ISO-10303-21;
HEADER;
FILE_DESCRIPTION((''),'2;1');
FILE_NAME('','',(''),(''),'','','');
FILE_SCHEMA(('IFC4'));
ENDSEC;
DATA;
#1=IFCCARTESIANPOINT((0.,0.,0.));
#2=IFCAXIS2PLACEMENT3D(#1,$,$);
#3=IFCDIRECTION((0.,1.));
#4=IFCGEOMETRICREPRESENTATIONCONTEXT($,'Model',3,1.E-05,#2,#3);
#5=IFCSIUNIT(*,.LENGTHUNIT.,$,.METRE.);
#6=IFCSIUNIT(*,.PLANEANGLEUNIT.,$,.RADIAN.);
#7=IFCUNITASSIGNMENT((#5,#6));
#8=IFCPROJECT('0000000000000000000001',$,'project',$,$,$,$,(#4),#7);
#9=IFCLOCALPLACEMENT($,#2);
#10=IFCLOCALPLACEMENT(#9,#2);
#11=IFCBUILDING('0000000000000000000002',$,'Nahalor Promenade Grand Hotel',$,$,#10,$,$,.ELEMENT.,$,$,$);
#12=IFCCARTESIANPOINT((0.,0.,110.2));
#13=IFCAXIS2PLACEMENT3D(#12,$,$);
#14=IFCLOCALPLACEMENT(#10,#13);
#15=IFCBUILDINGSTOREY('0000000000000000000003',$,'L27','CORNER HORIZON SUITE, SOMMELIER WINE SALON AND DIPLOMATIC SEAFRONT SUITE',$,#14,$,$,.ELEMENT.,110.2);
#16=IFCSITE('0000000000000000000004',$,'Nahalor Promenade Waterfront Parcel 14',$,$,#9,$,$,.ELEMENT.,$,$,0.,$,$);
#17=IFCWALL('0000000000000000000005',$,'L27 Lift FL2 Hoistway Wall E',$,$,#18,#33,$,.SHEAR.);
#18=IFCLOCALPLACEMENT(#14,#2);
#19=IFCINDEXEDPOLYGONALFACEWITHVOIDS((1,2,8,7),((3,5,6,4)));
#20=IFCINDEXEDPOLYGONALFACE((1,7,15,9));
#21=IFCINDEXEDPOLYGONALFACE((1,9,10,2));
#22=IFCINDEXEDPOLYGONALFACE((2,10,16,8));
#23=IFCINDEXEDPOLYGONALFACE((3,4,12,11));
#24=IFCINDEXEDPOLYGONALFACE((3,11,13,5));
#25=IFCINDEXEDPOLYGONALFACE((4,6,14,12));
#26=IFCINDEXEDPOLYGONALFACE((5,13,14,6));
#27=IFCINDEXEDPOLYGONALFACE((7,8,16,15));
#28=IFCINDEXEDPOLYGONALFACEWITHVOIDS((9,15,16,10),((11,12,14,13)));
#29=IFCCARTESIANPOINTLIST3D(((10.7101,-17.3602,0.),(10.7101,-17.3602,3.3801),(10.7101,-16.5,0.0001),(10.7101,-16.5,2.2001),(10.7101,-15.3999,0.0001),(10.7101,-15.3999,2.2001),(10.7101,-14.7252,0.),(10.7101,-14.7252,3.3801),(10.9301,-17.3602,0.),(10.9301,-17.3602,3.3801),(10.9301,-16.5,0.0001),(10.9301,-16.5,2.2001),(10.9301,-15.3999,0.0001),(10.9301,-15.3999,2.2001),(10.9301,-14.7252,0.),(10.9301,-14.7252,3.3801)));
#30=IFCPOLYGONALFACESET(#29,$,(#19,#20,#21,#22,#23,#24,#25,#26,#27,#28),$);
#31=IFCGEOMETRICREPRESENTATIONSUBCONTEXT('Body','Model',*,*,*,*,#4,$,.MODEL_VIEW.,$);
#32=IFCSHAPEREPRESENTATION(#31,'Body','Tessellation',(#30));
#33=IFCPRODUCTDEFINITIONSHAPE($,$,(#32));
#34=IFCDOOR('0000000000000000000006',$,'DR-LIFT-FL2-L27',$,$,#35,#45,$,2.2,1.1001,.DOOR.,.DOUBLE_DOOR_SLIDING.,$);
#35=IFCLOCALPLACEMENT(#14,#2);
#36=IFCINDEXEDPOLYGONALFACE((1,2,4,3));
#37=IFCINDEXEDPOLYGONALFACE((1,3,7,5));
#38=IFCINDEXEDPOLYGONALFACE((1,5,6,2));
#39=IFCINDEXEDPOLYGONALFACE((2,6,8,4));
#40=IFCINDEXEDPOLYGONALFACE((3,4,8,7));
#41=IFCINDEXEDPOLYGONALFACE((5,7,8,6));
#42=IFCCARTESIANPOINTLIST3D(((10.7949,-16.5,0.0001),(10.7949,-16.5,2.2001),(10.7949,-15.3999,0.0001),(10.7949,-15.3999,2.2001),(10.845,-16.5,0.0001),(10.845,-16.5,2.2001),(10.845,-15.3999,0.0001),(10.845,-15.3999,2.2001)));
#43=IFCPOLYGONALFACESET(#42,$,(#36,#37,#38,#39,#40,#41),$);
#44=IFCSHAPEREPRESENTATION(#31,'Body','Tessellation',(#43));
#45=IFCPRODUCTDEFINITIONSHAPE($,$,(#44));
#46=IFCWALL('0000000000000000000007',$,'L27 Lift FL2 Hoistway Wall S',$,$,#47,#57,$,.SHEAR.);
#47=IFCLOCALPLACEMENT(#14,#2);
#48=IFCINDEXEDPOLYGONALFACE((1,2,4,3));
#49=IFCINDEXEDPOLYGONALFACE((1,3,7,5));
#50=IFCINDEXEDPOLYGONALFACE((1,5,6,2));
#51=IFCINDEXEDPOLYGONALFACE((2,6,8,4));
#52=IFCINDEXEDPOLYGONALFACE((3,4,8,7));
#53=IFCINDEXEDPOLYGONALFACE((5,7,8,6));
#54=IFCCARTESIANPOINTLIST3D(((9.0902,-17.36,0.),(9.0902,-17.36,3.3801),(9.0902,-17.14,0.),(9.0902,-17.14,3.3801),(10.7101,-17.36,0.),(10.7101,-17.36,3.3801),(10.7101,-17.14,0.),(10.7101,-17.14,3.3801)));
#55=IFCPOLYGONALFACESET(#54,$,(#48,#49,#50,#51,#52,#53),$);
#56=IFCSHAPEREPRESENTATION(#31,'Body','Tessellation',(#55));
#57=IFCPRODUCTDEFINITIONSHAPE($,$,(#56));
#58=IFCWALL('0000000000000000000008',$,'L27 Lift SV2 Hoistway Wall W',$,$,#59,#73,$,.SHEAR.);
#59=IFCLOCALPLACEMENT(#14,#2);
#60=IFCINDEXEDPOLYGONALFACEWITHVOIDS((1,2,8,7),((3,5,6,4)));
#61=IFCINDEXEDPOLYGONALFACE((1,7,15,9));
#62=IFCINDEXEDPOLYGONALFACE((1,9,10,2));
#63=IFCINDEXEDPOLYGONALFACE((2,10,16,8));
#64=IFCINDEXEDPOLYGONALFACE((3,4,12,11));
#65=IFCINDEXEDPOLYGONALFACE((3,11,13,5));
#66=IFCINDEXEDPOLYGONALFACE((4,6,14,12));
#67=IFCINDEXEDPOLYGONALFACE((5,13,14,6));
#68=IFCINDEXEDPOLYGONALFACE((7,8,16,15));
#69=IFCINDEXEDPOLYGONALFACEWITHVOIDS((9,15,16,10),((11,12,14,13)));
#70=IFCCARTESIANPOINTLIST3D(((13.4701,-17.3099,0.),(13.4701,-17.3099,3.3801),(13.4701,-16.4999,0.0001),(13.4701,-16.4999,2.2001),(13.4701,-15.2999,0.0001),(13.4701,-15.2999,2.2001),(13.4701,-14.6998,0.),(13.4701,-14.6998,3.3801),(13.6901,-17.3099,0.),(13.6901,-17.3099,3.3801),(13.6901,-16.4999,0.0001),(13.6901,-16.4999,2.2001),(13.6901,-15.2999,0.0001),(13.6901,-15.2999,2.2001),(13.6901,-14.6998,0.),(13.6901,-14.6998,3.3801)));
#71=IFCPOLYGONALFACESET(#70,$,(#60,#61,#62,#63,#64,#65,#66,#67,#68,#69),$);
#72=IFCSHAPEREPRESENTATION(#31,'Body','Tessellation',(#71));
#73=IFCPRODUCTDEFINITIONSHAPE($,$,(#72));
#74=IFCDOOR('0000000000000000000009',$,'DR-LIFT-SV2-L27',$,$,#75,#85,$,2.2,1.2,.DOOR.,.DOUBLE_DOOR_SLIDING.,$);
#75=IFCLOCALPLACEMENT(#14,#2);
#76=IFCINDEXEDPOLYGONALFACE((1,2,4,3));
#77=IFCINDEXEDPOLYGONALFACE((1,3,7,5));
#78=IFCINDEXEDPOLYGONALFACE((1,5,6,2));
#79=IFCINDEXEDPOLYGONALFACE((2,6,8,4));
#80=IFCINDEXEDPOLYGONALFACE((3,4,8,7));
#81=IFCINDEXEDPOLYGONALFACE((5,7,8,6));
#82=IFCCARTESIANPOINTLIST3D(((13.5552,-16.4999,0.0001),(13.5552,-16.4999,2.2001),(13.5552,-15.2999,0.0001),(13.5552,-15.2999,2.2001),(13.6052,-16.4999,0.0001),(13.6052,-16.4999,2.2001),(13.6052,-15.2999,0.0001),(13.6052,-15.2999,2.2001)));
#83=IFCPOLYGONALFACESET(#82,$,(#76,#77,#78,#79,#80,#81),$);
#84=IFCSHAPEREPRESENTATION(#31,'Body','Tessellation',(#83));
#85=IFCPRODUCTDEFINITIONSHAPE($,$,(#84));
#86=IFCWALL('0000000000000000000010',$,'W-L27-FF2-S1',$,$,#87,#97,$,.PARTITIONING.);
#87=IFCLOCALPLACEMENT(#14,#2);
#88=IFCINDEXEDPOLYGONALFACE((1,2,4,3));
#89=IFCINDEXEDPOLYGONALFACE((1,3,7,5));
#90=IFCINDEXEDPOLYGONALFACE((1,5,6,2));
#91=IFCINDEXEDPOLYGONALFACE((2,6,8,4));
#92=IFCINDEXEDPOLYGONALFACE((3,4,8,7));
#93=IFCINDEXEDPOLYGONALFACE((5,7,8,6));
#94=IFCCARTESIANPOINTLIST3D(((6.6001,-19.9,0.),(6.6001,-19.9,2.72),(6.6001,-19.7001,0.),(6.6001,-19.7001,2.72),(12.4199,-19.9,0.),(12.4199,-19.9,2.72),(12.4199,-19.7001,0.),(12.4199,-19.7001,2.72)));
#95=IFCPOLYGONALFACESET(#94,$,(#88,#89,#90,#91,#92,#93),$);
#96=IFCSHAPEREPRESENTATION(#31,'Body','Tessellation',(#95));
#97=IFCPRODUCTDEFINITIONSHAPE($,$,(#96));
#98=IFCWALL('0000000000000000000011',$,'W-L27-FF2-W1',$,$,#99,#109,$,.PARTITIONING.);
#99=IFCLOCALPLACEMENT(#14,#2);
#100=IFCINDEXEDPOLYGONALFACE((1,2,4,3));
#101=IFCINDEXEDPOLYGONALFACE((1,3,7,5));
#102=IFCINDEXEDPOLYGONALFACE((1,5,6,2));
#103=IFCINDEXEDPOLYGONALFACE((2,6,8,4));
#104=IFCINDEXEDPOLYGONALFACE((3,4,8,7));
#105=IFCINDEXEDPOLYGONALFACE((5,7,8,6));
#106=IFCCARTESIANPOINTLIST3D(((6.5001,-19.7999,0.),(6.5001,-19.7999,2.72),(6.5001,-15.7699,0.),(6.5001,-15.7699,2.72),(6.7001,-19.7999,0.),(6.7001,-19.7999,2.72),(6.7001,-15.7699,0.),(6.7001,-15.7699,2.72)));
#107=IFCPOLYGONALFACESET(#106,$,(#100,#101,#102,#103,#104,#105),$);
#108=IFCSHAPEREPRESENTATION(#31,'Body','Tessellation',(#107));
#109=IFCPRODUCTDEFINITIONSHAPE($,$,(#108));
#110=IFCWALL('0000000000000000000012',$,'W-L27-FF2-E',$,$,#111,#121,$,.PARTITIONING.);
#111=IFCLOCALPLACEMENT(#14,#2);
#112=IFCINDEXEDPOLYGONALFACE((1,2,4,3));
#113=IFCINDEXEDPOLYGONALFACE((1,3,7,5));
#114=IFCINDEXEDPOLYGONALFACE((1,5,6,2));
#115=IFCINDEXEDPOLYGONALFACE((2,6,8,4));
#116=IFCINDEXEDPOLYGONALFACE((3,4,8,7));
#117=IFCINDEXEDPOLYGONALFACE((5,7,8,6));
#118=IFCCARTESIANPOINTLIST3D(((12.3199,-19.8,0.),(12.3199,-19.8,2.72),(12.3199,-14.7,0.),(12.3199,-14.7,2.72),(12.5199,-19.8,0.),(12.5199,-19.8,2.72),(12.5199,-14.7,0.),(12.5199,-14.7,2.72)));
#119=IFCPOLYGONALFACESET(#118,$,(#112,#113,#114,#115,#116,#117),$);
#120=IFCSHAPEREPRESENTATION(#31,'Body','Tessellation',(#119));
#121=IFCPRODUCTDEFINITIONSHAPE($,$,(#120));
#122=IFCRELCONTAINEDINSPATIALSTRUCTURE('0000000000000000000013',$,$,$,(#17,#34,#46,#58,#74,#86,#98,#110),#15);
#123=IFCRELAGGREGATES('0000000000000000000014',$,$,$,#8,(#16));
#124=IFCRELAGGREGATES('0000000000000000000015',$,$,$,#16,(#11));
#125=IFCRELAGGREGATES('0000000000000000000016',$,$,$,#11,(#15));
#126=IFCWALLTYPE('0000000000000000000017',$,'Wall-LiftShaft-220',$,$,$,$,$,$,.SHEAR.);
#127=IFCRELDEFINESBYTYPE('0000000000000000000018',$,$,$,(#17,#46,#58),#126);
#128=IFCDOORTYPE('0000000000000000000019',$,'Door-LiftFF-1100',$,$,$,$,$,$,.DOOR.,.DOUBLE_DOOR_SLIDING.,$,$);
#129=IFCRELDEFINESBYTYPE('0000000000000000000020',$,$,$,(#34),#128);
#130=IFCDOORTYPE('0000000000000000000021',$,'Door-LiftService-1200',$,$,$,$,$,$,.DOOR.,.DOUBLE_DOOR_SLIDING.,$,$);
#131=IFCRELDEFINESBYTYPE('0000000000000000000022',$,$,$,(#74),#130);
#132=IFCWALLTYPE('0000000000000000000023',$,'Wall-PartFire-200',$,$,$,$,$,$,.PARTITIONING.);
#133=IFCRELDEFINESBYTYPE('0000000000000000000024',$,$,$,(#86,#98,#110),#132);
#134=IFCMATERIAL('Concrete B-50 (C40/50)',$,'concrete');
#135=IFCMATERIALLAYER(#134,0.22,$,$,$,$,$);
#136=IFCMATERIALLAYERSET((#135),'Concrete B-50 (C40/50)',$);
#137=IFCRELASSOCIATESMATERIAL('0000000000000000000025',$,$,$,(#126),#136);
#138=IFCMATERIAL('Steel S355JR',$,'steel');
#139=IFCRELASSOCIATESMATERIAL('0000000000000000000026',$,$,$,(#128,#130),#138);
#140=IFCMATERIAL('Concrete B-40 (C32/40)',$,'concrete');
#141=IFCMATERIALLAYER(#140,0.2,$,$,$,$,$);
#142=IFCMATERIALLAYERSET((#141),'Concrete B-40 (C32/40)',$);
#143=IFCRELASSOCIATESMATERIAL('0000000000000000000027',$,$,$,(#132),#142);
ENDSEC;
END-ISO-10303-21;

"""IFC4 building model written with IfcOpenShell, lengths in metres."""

from ifc_helpers import new_model, si_unit, direction, frame, frame_2d, origin, place, context, subcontext, project, spatial, rectangle, extrude, source, transform, mapped, material, layer, layer_set, type_object, element, fill, save


model = new_model("IFC4")

# Units and contexts
model_context = context("Model", 3, precision=1e-05, world=origin(), true_north=direction((0.0, 1.0)))
body_context = subcontext(model_context, "Body", "Model", "MODEL_VIEW")
ifc_project = project(units=[si_unit("LENGTHUNIT", "METRE"), si_unit("PLANEANGLEUNIT", "RADIAN")], contexts=[model_context])

# Site, building, storey
site_placement = place(None, origin())
site = spatial("IfcSite", under=ifc_project, at=site_placement, Name="Nahalor Promenade Waterfront Parcel 14", CompositionType="ELEMENT", RefElevation=0.0)
building_placement = place(site_placement, origin())
building = spatial("IfcBuilding", under=site, at=building_placement, Name="Nahalor Promenade Grand Hotel", CompositionType="ELEMENT")
storey_placement = place(building_placement, frame((0.0, 0.0, 110.2)))
storey = spatial("IfcBuildingStorey", under=building, at=storey_placement, Name="L27", Description="CORNER HORIZON SUITE, SOMMELIER WINE SALON AND DIPLOMATIC SEAFRONT SUITE", CompositionType="ELEMENT", Elevation=110.2)

# Shared definitions
ifc_material_1 = material(Name="Steel S355JR", Category="steel")

# Shared definitions
ifc_material_2 = material(Name="Concrete B-50 (C40/50)", Category="concrete")

# Shared definitions
ifc_layer_1 = layer(ifc_material_2, 0.22)
ifc_layer_set_1 = layer_set([ifc_layer_1], Name="Concrete B-50 (C40/50)")
wall_type_1 = type_object("IfcWallType", Name="Wall-LiftShaft-220", PredefinedType="SHEAR", material=ifc_layer_set_1)
shared_shape_1 = source(origin(), body_context, "Body", "SweptSolid", [
    extrude(rectangle(XDim=2.635, YDim=0.22, at=frame_2d((1.3174, 0.0))), origin(), (0.0, 0.0, 1.0), 3.3801),
])

# Wall, opening, door
wall_1_placement = place(storey_placement, frame((10.8201, -17.3601, 0.0), z_axis=(0.0, 0.0, 1.0), x_axis=(0.0, 1.0, 0.0)))
wall_1 = element("IfcWall", 1, at=wall_1_placement, inside=storey, type_object=wall_type_1, Name="L27 Lift FL2 Hoistway Wall E", PredefinedType="SHEAR", context=body_context, shape_type="MappedRepresentation", body=[
    mapped(shared_shape_1, transform((0.0, 0.0, 0.0), scale=1.0)),
])
opening_1_placement = place(wall_1_placement, frame((0.8601, 0.0, 0.0)))
opening_1 = element("IfcOpeningElement", 2, at=opening_1_placement, cuts=wall_1, PredefinedType="OPENING", context=body_context, shape_type="SweptSolid", body=[
    extrude(rectangle(XDim=1.1001, YDim=2.2, at=frame_2d((0.55, 1.1001))), frame((0.0, 0.1199, 0.0), z_axis=(0.0, -1.0, 0.0), x_axis=(1.0, 0.0, 0.0)), (0.0, 0.0, 1.0), 0.24),
])
door_type_1 = type_object("IfcDoorType", Name="Door-LiftFF-1100", OperationType="DOUBLE_DOOR_SLIDING", PredefinedType="DOOR", material=ifc_material_1)
shared_shape_2 = source(origin(), body_context, "Body", "SweptSolid", [
    extrude(rectangle(XDim=1.1001, YDim=2.2, at=frame_2d((0.55, 1.1001))), frame((0.0, 0.0249, 0.0), z_axis=(0.0, -1.0, 0.0), x_axis=(1.0, 0.0, 0.0)), (0.0, 0.0, 1.0), 0.05),
])
door_1_placement = place(opening_1_placement, frame((1.1001, 0.0, 0.0), z_axis=(0.0, 0.0, 1.0), x_axis=(-1.0, 0.0, 0.0)))
door_1 = element("IfcDoor", 3, at=door_1_placement, inside=storey, type_object=door_type_1, Name="DR-LIFT-FL2-L27", OperationType="DOUBLE_DOOR_SLIDING", OverallHeight=2.2, OverallWidth=1.1001, PredefinedType="DOOR", context=body_context, shape_type="MappedRepresentation", body=[
    mapped(shared_shape_2, transform((0.0, 0.0, 0.0), scale=1.0)),
])
fill(opening_1, door_1)

# Wall
shared_shape_3 = source(origin(), body_context, "Body", "SweptSolid", [
    extrude(rectangle(XDim=1.6199, YDim=0.22, at=frame_2d((0.8101, 0.0))), origin(), (0.0, 0.0, 1.0), 3.3801),
])
wall_2_placement = place(storey_placement, frame((9.0901, -17.25, 0.0), z_axis=(0.0, 0.0, 1.0), x_axis=(1.0, 0.0, 0.0)))
element("IfcWall", 4, at=wall_2_placement, inside=storey, type_object=wall_type_1, Name="L27 Lift FL2 Hoistway Wall S", PredefinedType="SHEAR", context=body_context, shape_type="MappedRepresentation", body=[
    mapped(shared_shape_3, transform((0.0, 0.0, 0.0), scale=1.0)),
])

# Wall, opening, door
shared_shape_4 = source(origin(), body_context, "Body", "SweptSolid", [
    extrude(rectangle(XDim=2.6101, YDim=0.22, at=frame_2d((1.3052, 0.0))), origin(), (0.0, 0.0, 1.0), 3.3801),
])
wall_3_placement = place(storey_placement, frame((13.5801, -17.3101, 0.0), z_axis=(0.0, 0.0, 1.0), x_axis=(0.0, 1.0, 0.0)))
wall_3 = element("IfcWall", 5, at=wall_3_placement, inside=storey, type_object=wall_type_1, Name="L27 Lift SV2 Hoistway Wall W", PredefinedType="SHEAR", context=body_context, shape_type="MappedRepresentation", body=[
    mapped(shared_shape_4, transform((0.0, 0.0, 0.0), scale=1.0)),
])
opening_2_placement = place(wall_3_placement, frame((0.8101, 0.0, 0.0)))
opening_2 = element("IfcOpeningElement", 6, at=opening_2_placement, cuts=wall_3, PredefinedType="OPENING", context=body_context, shape_type="SweptSolid", body=[
    extrude(rectangle(XDim=1.2, YDim=2.2, at=frame_2d((0.6001, 1.1001))), frame((0.0, 0.1199, 0.0), z_axis=(0.0, -1.0, 0.0), x_axis=(1.0, 0.0, 0.0)), (0.0, 0.0, 1.0), 0.24),
])
door_type_2 = type_object("IfcDoorType", Name="Door-LiftService-1200", OperationType="DOUBLE_DOOR_SLIDING", PredefinedType="DOOR", material=ifc_material_1)
shared_shape_5 = source(origin(), body_context, "Body", "SweptSolid", [
    extrude(rectangle(XDim=1.2, YDim=2.2, at=frame_2d((0.6001, 1.1001))), frame((0.0, 0.0249, 0.0), z_axis=(0.0, -1.0, 0.0), x_axis=(1.0, 0.0, 0.0)), (0.0, 0.0, 1.0), 0.05),
])
door_2_placement = place(opening_2_placement, origin())
door_2 = element("IfcDoor", 7, at=door_2_placement, inside=storey, type_object=door_type_2, Name="DR-LIFT-SV2-L27", OperationType="DOUBLE_DOOR_SLIDING", OverallHeight=2.2, OverallWidth=1.2, PredefinedType="DOOR", context=body_context, shape_type="MappedRepresentation", body=[
    mapped(shared_shape_5, transform((0.0, 0.0, 0.0), scale=1.0)),
])
fill(opening_2, door_2)

# Walls
ifc_material_3 = material(Name="Concrete B-40 (C32/40)", Category="concrete")
ifc_layer_2 = layer(ifc_material_3, 0.2)
ifc_layer_set_2 = layer_set([ifc_layer_2], Name="Concrete B-40 (C32/40)")
wall_type_2 = type_object("IfcWallType", Name="Wall-PartFire-200", PredefinedType="PARTITIONING", material=ifc_layer_set_2)
shared_shape_6 = source(origin(), body_context, "Body", "SweptSolid", [
    extrude(rectangle(XDim=5.8198, YDim=0.2, at=frame_2d((2.9099, 0.0))), origin(), (0.0, 0.0, 1.0), 2.72),
])
wall_4_placement = place(storey_placement, frame((6.6001, -19.8, 0.0), z_axis=(0.0, 0.0, 1.0), x_axis=(1.0, 0.0, 0.0)))
element("IfcWall", 8, at=wall_4_placement, inside=storey, type_object=wall_type_2, Name="W-L27-FF2-S1", PredefinedType="PARTITIONING", context=body_context, shape_type="MappedRepresentation", body=[
    mapped(shared_shape_6, transform((0.0, 0.0, 0.0), scale=1.0)),
])
shared_shape_7 = source(origin(), body_context, "Body", "SweptSolid", [
    extrude(rectangle(XDim=4.03, YDim=0.2, at=frame_2d((2.0151, 0.0))), origin(), (0.0, 0.0, 1.0), 2.72),
])
wall_5_placement = place(storey_placement, frame((6.6001, -19.8, 0.0), z_axis=(0.0, 0.0, 1.0), x_axis=(0.0, 1.0, 0.0)))
element("IfcWall", 9, at=wall_5_placement, inside=storey, type_object=wall_type_2, Name="W-L27-FF2-W1", PredefinedType="PARTITIONING", context=body_context, shape_type="MappedRepresentation", body=[
    mapped(shared_shape_7, transform((0.0, 0.0, 0.0), scale=1.0)),
])
shared_shape_8 = source(origin(), body_context, "Body", "SweptSolid", [
    extrude(rectangle(XDim=5.1001, YDim=0.2, at=frame_2d((2.55, 0.0))), origin(), (0.0, 0.0, 1.0), 2.72),
])
wall_6_placement = place(storey_placement, frame((12.4199, -19.8, 0.0), z_axis=(0.0, 0.0, 1.0), x_axis=(0.0, 1.0, 0.0)))
element("IfcWall", 10, at=wall_6_placement, inside=storey, type_object=wall_type_2, Name="W-L27-FF2-E", PredefinedType="PARTITIONING", context=body_context, shape_type="MappedRepresentation", body=[
    mapped(shared_shape_8, transform((0.0, 0.0, 0.0), scale=1.0)),
])

save(model, "model.ifc")
